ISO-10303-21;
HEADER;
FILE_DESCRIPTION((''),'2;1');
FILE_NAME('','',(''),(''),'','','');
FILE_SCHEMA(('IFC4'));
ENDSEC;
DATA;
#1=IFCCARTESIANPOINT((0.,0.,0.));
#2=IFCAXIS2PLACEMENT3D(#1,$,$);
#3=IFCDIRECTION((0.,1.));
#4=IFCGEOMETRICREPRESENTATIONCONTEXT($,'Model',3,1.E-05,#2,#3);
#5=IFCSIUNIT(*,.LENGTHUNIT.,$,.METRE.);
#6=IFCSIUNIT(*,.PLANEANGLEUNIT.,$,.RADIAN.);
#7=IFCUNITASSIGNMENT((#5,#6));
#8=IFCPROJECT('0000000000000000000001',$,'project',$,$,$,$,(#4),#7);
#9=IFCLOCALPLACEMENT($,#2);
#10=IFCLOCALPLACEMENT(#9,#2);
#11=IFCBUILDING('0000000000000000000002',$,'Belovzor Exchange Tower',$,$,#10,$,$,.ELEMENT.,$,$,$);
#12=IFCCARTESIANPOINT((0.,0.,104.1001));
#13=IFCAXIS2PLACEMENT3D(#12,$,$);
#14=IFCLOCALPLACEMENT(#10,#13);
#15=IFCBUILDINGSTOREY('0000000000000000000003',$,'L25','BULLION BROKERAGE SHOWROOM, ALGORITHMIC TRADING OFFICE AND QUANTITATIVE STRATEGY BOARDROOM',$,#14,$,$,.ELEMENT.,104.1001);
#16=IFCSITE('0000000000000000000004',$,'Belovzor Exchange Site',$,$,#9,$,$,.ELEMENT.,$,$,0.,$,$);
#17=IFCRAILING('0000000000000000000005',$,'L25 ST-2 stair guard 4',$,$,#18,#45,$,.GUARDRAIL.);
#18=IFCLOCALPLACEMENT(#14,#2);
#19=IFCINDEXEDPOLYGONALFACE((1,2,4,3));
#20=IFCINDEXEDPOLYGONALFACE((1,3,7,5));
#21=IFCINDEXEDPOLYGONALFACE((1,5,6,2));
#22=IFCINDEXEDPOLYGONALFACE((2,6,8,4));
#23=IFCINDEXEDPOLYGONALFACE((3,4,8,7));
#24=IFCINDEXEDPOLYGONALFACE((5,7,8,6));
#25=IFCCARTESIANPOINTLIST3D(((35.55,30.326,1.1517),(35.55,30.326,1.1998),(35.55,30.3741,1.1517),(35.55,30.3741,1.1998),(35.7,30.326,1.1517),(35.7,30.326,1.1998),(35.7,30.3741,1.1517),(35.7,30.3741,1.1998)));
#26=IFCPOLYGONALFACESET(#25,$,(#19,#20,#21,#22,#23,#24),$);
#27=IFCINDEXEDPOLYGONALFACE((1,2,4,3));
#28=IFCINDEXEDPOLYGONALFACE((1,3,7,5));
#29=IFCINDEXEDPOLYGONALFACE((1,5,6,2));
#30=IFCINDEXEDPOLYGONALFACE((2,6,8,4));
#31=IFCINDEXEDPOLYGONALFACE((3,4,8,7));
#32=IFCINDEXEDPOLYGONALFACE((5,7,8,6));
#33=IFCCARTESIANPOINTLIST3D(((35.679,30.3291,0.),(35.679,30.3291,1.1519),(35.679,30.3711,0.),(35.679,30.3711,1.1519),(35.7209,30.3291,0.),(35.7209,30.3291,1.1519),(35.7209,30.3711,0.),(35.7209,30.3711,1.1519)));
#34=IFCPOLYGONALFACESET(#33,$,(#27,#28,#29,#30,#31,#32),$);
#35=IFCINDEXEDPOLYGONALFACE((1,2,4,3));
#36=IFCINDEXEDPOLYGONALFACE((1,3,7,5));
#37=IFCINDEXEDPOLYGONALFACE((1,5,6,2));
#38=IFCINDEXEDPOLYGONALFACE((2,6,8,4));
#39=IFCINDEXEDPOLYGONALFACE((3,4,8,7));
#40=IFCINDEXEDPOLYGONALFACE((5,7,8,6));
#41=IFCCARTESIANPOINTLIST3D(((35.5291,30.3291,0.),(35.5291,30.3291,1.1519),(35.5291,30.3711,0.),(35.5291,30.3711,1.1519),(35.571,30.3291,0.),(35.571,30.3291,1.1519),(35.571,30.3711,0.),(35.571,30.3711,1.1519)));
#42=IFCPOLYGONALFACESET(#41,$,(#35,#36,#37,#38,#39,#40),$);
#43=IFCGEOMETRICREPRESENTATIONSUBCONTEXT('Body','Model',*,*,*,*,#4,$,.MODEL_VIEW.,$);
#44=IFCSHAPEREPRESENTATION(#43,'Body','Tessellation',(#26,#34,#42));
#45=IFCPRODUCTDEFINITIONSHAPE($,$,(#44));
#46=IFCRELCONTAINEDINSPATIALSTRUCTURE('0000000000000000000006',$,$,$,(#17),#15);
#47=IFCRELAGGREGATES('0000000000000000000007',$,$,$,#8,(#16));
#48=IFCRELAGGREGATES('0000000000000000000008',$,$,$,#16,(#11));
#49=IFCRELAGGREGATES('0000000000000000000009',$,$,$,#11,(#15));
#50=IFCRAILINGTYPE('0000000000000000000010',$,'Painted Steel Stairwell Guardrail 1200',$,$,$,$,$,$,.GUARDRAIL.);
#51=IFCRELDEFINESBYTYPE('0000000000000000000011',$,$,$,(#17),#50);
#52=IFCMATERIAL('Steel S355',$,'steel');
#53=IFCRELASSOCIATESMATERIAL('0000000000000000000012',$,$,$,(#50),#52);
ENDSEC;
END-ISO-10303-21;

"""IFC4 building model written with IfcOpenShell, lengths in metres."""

from ifc_helpers import new_model, si_unit, direction, frame, origin, origin_2d, place, context, subcontext, project, spatial, rectangle, extrude, material, type_object, element, save


model = new_model("IFC4")

# Units and contexts
model_context = context("Model", 3, precision=1e-05, world=origin(), true_north=direction((0.0, 1.0)))
body_context = subcontext(model_context, "Body", "Model", "MODEL_VIEW")
ifc_project = project(units=[si_unit("LENGTHUNIT", "METRE"), si_unit("PLANEANGLEUNIT", "RADIAN")], contexts=[model_context])

# Site, building, storey
site_placement = place(None, origin())
site = spatial("IfcSite", under=ifc_project, at=site_placement, Name="Belovzor Exchange Site", CompositionType="ELEMENT", RefElevation=0.0)
building_placement = place(site_placement, origin())
building = spatial("IfcBuilding", under=site, at=building_placement, Name="Belovzor Exchange Tower", CompositionType="ELEMENT")
storey_placement = place(building_placement, frame((0.0, 0.0, 104.1001)))
storey = spatial("IfcBuildingStorey", under=building, at=storey_placement, Name="L25", Description="BULLION BROKERAGE SHOWROOM, ALGORITHMIC TRADING OFFICE AND QUANTITATIVE STRATEGY BOARDROOM", CompositionType="ELEMENT", Elevation=104.1001)

# Railing
ifc_material_1 = material(Name="Steel S355", Category="steel")
railing_type_1 = type_object("IfcRailingType", Name="Painted Steel Stairwell Guardrail 1200", PredefinedType="GUARDRAIL", material=ifc_material_1)
railing_1_placement = place(storey_placement, frame((35.7, 30.3501, 0.0)))
element("IfcRailing", 1, at=railing_1_placement, inside=storey, type_object=railing_type_1, Name="L25 ST-2 stair guard 4", PredefinedType="GUARDRAIL", context=body_context, shape_type="SweptSolid", body=[
    extrude(rectangle(XDim=0.0481, YDim=0.0481, at=origin_2d()), frame((0.0, 0.0, 1.1758), z_axis=(-1.0, 0.0, 0.0), x_axis=(0.0, -1.0, 0.0)), (0.0, 0.0, 1.0), 0.1499),
    extrude(rectangle(XDim=0.042, YDim=0.042, at=origin_2d()), origin(), (0.0, 0.0, 1.0), 1.1519),
    extrude(rectangle(XDim=0.042, YDim=0.042, at=origin_2d()), frame((-0.1499, 0.0, 0.0)), (0.0, 0.0, 1.0), 1.1519),
])

save(model, "model.ifc")
